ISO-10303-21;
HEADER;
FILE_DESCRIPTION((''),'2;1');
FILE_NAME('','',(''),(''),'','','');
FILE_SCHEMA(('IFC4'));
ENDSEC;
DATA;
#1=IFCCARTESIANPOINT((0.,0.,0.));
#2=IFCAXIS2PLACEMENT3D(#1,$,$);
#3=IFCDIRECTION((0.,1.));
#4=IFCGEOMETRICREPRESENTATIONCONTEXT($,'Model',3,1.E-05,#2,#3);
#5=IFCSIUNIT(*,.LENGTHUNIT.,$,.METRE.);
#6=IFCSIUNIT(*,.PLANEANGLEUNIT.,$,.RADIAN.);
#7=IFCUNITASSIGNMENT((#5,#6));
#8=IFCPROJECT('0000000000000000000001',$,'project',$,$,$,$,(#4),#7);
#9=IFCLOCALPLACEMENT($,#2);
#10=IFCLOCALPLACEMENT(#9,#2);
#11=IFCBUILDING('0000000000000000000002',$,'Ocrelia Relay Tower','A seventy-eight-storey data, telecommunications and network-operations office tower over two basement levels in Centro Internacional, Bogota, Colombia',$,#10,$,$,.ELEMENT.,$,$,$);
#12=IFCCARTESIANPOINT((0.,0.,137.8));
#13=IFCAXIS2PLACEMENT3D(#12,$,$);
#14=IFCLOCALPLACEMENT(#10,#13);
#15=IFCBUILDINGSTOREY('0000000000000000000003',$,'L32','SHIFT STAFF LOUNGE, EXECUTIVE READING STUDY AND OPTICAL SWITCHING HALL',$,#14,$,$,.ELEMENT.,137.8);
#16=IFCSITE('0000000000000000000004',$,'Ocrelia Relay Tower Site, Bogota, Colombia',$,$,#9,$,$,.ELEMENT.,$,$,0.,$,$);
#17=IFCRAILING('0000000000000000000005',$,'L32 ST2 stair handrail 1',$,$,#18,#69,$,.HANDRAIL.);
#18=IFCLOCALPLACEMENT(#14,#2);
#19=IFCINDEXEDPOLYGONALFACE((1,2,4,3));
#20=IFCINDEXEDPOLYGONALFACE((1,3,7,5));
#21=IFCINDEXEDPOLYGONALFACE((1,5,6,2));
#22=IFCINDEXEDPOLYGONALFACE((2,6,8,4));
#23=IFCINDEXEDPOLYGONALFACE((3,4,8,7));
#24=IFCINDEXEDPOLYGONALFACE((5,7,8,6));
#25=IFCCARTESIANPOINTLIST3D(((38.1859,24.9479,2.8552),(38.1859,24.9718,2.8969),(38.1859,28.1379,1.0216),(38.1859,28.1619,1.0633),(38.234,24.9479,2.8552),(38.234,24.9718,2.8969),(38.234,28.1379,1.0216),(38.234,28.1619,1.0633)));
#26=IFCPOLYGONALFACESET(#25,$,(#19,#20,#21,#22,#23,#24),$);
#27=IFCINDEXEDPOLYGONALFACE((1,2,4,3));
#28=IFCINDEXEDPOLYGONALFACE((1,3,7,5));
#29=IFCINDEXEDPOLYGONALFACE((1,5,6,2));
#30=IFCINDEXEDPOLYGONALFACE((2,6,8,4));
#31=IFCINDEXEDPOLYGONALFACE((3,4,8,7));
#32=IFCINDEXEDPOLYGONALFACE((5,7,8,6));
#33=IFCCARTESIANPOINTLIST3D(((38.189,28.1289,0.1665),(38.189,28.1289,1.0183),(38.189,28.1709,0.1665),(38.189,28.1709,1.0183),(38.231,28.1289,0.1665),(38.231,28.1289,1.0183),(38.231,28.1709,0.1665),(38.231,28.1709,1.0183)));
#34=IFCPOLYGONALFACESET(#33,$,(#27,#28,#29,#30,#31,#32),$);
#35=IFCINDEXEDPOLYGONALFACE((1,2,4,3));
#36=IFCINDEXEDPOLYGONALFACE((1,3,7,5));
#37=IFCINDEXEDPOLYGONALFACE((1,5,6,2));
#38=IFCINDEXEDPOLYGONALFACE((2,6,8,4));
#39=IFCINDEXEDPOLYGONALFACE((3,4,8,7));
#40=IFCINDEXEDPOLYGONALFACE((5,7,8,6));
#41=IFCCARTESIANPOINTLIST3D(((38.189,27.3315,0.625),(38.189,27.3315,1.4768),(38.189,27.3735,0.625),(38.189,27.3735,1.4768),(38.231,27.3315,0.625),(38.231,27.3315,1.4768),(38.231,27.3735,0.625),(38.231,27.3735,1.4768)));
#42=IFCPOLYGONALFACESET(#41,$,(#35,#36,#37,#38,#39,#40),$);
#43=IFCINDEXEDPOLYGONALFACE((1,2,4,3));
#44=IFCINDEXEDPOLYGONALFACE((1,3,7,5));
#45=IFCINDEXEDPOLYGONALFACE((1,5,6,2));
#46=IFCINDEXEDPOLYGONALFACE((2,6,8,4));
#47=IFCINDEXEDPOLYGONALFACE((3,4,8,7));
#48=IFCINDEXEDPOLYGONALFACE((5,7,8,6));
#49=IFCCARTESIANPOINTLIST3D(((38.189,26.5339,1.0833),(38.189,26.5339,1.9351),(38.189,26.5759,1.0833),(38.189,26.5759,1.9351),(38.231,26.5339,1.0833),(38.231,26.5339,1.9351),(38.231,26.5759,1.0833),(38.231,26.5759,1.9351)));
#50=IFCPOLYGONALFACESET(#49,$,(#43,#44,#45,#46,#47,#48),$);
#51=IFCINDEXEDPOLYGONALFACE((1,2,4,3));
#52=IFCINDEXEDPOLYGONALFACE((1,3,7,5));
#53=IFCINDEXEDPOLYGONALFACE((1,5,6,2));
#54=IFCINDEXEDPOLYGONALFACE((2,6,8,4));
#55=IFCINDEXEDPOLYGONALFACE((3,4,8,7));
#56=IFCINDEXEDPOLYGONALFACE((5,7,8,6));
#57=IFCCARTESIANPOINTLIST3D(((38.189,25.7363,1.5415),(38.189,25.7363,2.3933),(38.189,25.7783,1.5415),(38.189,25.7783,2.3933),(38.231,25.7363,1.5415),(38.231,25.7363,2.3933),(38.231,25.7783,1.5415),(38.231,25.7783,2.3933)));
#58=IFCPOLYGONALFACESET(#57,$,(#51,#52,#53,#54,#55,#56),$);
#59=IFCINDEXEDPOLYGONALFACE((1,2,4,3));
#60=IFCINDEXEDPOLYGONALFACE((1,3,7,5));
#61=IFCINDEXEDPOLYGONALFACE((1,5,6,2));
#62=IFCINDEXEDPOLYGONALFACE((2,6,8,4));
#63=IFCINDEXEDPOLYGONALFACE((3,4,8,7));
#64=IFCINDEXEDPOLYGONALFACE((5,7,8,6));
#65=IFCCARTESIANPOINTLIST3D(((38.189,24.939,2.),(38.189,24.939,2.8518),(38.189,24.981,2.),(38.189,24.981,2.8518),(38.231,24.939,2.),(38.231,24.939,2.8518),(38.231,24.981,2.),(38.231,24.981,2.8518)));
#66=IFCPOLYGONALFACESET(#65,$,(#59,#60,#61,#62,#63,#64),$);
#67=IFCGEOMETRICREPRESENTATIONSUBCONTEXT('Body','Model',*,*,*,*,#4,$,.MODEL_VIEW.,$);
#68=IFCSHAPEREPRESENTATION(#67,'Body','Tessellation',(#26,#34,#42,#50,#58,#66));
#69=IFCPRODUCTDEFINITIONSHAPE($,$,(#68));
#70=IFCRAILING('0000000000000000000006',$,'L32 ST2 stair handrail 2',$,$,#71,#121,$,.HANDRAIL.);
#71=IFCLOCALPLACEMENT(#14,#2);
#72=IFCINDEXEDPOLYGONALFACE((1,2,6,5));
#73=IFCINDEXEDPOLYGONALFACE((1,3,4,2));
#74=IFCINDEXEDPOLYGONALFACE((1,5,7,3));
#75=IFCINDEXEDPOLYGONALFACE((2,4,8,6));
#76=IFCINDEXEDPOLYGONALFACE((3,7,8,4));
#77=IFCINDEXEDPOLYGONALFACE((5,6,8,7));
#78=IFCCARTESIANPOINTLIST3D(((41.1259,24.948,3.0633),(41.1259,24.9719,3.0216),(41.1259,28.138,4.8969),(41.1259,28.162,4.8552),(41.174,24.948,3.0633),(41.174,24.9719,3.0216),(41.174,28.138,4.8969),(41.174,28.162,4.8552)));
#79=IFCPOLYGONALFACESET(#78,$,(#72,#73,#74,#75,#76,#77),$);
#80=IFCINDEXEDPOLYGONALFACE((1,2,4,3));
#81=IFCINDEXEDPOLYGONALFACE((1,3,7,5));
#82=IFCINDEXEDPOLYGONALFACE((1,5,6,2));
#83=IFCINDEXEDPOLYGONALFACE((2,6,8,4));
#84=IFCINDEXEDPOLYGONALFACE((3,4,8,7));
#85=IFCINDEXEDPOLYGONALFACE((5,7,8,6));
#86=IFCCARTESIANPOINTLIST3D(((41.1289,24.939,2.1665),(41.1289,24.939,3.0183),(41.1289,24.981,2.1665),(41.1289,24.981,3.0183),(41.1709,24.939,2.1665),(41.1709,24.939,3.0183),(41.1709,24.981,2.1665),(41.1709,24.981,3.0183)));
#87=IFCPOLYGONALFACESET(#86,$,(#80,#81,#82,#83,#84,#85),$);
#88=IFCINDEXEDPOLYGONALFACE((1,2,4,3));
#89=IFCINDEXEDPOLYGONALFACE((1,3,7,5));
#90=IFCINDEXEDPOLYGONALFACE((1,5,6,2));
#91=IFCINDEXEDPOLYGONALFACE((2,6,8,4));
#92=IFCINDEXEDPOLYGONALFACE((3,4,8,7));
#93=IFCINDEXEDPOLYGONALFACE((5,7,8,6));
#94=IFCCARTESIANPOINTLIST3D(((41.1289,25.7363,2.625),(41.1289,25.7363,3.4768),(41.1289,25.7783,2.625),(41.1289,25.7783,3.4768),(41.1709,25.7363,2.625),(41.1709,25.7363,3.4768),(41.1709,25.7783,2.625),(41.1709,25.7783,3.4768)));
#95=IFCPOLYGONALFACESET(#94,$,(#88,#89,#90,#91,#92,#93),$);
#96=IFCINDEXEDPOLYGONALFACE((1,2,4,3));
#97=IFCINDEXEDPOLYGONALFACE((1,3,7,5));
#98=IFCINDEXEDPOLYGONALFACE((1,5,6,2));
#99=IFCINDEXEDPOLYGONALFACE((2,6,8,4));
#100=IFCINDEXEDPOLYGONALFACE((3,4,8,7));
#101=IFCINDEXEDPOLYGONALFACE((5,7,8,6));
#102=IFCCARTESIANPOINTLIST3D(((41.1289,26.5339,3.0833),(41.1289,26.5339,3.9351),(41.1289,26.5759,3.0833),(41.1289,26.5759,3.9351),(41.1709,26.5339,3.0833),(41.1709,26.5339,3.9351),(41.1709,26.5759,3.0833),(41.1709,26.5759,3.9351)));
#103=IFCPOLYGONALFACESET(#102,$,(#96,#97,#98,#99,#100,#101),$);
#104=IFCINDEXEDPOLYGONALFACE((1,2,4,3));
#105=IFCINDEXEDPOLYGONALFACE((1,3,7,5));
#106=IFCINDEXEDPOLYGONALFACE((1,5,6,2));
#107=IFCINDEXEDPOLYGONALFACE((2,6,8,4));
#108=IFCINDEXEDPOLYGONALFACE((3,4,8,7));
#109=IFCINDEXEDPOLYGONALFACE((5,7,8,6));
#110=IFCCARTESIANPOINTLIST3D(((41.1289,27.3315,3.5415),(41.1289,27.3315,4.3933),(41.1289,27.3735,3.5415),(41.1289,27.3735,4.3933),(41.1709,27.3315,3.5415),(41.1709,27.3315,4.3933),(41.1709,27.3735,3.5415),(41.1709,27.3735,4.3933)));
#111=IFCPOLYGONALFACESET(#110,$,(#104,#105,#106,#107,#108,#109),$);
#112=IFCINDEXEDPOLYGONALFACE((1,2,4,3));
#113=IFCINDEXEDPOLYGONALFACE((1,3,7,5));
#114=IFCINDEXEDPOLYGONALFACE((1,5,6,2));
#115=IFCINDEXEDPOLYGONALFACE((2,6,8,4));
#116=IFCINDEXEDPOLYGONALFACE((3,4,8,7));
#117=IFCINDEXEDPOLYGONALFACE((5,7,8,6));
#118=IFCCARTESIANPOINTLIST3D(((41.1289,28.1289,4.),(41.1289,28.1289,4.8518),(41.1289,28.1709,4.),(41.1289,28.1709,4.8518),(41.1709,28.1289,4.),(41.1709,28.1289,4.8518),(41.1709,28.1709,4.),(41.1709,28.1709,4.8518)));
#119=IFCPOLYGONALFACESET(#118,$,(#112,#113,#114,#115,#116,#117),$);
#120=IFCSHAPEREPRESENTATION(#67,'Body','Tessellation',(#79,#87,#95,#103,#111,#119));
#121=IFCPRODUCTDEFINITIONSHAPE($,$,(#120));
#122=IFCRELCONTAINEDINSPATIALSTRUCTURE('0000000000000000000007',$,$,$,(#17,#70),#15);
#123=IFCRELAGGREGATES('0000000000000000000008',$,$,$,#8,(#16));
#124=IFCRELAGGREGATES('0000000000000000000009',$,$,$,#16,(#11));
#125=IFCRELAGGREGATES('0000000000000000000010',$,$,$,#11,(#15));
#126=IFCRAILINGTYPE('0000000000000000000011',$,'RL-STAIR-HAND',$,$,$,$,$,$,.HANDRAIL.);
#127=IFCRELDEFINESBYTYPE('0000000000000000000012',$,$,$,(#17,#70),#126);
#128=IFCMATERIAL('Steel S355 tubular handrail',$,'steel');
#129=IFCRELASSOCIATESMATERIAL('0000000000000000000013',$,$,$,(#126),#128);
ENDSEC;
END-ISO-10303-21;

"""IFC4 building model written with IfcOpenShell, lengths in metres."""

from ifc_helpers import new_model, si_unit, direction, frame, origin, origin_2d, place, context, subcontext, project, spatial, rectangle, extrude, material, type_object, element, save


model = new_model("IFC4")

# Units and contexts
model_context = context("Model", 3, precision=1e-05, world=origin(), true_north=direction((0.0, 1.0)))
body_context = subcontext(model_context, "Body", "Model", "MODEL_VIEW")
ifc_project = project(units=[si_unit("LENGTHUNIT", "METRE"), si_unit("PLANEANGLEUNIT", "RADIAN")], contexts=[model_context])

# Site, building, storey
site_placement = place(None, origin())
site = spatial("IfcSite", under=ifc_project, at=site_placement, Name="Ocrelia Relay Tower Site, Bogota, Colombia", CompositionType="ELEMENT", RefElevation=0.0)
building_placement = place(site_placement, origin())
building = spatial("IfcBuilding", under=site, at=building_placement, Name="Ocrelia Relay Tower", Description="A seventy-eight-storey data, telecommunications and network-operations office tower over two basement levels in Centro Internacional, Bogota, Colombia", CompositionType="ELEMENT")
storey_placement = place(building_placement, frame((0.0, 0.0, 137.8)))
storey = spatial("IfcBuildingStorey", under=building, at=storey_placement, Name="L32", Description="SHIFT STAFF LOUNGE, EXECUTIVE READING STUDY AND OPTICAL SWITCHING HALL", CompositionType="ELEMENT", Elevation=137.8)

# Railings
ifc_material_1 = material(Name="Steel S355 tubular handrail", Category="steel")
railing_type_1 = type_object("IfcRailingType", Name="RL-STAIR-HAND", PredefinedType="HANDRAIL", material=ifc_material_1)
railing_1_placement = place(storey_placement, frame((38.21, 28.1499, 0.1665)))
element("IfcRailing", 1, at=railing_1_placement, inside=storey, type_object=railing_type_1, Name="L32 ST2 stair handrail 1", PredefinedType="HANDRAIL", context=body_context, shape_type="SweptSolid", body=[
    extrude(rectangle(XDim=0.0481, YDim=0.0481, at=origin_2d()), frame((0.0, 0.0, 0.876), z_axis=(0.0, -0.866991, 0.498324), x_axis=(1.0, 0.0, 0.0)), (0.0, 0.0, 1.0), 3.6794),
    extrude(rectangle(XDim=0.042, YDim=0.042, at=origin_2d()), origin(), (0.0, 0.0, 1.0), 0.8518),
    extrude(rectangle(XDim=0.042, YDim=0.042, at=origin_2d()), frame((0.0, -0.7974, 0.4585)), (0.0, 0.0, 1.0), 0.8518),
    extrude(rectangle(XDim=0.042, YDim=0.042, at=origin_2d()), frame((0.0, -1.595, 0.9167)), (0.0, 0.0, 1.0), 0.8518),
    extrude(rectangle(XDim=0.042, YDim=0.042, at=origin_2d()), frame((0.0, -2.3926, 1.375)), (0.0, 0.0, 1.0), 0.8518),
    extrude(rectangle(XDim=0.042, YDim=0.042, at=origin_2d()), frame((0.0, -3.1899, 1.8335)), (0.0, 0.0, 1.0), 0.8518),
])
railing_2_placement = place(storey_placement, frame((41.1499, 24.96, 2.1665)))
element("IfcRailing", 2, at=railing_2_placement, inside=storey, type_object=railing_type_1, Name="L32 ST2 stair handrail 2", PredefinedType="HANDRAIL", context=body_context, shape_type="SweptSolid", body=[
    extrude(rectangle(XDim=0.0481, YDim=0.0481, at=origin_2d()), frame((0.0, 0.0, 0.876), z_axis=(0.0, 0.866991, 0.498324), x_axis=(-1.0, 0.0, 0.0)), (0.0, 0.0, 1.0), 3.6794),
    extrude(rectangle(XDim=0.042, YDim=0.042, at=origin_2d()), origin(), (0.0, 0.0, 1.0), 0.8518),
    extrude(rectangle(XDim=0.042, YDim=0.042, at=origin_2d()), frame((0.0, 0.7974, 0.4585)), (0.0, 0.0, 1.0), 0.8518),
    extrude(rectangle(XDim=0.042, YDim=0.042, at=origin_2d()), frame((0.0, 1.595, 0.9167)), (0.0, 0.0, 1.0), 0.8518),
    extrude(rectangle(XDim=0.042, YDim=0.042, at=origin_2d()), frame((0.0, 2.3926, 1.375)), (0.0, 0.0, 1.0), 0.8518),
    extrude(rectangle(XDim=0.042, YDim=0.042, at=origin_2d()), frame((0.0, 3.1899, 1.8335)), (0.0, 0.0, 1.0), 0.8518),
])

save(model, "model.ifc")
